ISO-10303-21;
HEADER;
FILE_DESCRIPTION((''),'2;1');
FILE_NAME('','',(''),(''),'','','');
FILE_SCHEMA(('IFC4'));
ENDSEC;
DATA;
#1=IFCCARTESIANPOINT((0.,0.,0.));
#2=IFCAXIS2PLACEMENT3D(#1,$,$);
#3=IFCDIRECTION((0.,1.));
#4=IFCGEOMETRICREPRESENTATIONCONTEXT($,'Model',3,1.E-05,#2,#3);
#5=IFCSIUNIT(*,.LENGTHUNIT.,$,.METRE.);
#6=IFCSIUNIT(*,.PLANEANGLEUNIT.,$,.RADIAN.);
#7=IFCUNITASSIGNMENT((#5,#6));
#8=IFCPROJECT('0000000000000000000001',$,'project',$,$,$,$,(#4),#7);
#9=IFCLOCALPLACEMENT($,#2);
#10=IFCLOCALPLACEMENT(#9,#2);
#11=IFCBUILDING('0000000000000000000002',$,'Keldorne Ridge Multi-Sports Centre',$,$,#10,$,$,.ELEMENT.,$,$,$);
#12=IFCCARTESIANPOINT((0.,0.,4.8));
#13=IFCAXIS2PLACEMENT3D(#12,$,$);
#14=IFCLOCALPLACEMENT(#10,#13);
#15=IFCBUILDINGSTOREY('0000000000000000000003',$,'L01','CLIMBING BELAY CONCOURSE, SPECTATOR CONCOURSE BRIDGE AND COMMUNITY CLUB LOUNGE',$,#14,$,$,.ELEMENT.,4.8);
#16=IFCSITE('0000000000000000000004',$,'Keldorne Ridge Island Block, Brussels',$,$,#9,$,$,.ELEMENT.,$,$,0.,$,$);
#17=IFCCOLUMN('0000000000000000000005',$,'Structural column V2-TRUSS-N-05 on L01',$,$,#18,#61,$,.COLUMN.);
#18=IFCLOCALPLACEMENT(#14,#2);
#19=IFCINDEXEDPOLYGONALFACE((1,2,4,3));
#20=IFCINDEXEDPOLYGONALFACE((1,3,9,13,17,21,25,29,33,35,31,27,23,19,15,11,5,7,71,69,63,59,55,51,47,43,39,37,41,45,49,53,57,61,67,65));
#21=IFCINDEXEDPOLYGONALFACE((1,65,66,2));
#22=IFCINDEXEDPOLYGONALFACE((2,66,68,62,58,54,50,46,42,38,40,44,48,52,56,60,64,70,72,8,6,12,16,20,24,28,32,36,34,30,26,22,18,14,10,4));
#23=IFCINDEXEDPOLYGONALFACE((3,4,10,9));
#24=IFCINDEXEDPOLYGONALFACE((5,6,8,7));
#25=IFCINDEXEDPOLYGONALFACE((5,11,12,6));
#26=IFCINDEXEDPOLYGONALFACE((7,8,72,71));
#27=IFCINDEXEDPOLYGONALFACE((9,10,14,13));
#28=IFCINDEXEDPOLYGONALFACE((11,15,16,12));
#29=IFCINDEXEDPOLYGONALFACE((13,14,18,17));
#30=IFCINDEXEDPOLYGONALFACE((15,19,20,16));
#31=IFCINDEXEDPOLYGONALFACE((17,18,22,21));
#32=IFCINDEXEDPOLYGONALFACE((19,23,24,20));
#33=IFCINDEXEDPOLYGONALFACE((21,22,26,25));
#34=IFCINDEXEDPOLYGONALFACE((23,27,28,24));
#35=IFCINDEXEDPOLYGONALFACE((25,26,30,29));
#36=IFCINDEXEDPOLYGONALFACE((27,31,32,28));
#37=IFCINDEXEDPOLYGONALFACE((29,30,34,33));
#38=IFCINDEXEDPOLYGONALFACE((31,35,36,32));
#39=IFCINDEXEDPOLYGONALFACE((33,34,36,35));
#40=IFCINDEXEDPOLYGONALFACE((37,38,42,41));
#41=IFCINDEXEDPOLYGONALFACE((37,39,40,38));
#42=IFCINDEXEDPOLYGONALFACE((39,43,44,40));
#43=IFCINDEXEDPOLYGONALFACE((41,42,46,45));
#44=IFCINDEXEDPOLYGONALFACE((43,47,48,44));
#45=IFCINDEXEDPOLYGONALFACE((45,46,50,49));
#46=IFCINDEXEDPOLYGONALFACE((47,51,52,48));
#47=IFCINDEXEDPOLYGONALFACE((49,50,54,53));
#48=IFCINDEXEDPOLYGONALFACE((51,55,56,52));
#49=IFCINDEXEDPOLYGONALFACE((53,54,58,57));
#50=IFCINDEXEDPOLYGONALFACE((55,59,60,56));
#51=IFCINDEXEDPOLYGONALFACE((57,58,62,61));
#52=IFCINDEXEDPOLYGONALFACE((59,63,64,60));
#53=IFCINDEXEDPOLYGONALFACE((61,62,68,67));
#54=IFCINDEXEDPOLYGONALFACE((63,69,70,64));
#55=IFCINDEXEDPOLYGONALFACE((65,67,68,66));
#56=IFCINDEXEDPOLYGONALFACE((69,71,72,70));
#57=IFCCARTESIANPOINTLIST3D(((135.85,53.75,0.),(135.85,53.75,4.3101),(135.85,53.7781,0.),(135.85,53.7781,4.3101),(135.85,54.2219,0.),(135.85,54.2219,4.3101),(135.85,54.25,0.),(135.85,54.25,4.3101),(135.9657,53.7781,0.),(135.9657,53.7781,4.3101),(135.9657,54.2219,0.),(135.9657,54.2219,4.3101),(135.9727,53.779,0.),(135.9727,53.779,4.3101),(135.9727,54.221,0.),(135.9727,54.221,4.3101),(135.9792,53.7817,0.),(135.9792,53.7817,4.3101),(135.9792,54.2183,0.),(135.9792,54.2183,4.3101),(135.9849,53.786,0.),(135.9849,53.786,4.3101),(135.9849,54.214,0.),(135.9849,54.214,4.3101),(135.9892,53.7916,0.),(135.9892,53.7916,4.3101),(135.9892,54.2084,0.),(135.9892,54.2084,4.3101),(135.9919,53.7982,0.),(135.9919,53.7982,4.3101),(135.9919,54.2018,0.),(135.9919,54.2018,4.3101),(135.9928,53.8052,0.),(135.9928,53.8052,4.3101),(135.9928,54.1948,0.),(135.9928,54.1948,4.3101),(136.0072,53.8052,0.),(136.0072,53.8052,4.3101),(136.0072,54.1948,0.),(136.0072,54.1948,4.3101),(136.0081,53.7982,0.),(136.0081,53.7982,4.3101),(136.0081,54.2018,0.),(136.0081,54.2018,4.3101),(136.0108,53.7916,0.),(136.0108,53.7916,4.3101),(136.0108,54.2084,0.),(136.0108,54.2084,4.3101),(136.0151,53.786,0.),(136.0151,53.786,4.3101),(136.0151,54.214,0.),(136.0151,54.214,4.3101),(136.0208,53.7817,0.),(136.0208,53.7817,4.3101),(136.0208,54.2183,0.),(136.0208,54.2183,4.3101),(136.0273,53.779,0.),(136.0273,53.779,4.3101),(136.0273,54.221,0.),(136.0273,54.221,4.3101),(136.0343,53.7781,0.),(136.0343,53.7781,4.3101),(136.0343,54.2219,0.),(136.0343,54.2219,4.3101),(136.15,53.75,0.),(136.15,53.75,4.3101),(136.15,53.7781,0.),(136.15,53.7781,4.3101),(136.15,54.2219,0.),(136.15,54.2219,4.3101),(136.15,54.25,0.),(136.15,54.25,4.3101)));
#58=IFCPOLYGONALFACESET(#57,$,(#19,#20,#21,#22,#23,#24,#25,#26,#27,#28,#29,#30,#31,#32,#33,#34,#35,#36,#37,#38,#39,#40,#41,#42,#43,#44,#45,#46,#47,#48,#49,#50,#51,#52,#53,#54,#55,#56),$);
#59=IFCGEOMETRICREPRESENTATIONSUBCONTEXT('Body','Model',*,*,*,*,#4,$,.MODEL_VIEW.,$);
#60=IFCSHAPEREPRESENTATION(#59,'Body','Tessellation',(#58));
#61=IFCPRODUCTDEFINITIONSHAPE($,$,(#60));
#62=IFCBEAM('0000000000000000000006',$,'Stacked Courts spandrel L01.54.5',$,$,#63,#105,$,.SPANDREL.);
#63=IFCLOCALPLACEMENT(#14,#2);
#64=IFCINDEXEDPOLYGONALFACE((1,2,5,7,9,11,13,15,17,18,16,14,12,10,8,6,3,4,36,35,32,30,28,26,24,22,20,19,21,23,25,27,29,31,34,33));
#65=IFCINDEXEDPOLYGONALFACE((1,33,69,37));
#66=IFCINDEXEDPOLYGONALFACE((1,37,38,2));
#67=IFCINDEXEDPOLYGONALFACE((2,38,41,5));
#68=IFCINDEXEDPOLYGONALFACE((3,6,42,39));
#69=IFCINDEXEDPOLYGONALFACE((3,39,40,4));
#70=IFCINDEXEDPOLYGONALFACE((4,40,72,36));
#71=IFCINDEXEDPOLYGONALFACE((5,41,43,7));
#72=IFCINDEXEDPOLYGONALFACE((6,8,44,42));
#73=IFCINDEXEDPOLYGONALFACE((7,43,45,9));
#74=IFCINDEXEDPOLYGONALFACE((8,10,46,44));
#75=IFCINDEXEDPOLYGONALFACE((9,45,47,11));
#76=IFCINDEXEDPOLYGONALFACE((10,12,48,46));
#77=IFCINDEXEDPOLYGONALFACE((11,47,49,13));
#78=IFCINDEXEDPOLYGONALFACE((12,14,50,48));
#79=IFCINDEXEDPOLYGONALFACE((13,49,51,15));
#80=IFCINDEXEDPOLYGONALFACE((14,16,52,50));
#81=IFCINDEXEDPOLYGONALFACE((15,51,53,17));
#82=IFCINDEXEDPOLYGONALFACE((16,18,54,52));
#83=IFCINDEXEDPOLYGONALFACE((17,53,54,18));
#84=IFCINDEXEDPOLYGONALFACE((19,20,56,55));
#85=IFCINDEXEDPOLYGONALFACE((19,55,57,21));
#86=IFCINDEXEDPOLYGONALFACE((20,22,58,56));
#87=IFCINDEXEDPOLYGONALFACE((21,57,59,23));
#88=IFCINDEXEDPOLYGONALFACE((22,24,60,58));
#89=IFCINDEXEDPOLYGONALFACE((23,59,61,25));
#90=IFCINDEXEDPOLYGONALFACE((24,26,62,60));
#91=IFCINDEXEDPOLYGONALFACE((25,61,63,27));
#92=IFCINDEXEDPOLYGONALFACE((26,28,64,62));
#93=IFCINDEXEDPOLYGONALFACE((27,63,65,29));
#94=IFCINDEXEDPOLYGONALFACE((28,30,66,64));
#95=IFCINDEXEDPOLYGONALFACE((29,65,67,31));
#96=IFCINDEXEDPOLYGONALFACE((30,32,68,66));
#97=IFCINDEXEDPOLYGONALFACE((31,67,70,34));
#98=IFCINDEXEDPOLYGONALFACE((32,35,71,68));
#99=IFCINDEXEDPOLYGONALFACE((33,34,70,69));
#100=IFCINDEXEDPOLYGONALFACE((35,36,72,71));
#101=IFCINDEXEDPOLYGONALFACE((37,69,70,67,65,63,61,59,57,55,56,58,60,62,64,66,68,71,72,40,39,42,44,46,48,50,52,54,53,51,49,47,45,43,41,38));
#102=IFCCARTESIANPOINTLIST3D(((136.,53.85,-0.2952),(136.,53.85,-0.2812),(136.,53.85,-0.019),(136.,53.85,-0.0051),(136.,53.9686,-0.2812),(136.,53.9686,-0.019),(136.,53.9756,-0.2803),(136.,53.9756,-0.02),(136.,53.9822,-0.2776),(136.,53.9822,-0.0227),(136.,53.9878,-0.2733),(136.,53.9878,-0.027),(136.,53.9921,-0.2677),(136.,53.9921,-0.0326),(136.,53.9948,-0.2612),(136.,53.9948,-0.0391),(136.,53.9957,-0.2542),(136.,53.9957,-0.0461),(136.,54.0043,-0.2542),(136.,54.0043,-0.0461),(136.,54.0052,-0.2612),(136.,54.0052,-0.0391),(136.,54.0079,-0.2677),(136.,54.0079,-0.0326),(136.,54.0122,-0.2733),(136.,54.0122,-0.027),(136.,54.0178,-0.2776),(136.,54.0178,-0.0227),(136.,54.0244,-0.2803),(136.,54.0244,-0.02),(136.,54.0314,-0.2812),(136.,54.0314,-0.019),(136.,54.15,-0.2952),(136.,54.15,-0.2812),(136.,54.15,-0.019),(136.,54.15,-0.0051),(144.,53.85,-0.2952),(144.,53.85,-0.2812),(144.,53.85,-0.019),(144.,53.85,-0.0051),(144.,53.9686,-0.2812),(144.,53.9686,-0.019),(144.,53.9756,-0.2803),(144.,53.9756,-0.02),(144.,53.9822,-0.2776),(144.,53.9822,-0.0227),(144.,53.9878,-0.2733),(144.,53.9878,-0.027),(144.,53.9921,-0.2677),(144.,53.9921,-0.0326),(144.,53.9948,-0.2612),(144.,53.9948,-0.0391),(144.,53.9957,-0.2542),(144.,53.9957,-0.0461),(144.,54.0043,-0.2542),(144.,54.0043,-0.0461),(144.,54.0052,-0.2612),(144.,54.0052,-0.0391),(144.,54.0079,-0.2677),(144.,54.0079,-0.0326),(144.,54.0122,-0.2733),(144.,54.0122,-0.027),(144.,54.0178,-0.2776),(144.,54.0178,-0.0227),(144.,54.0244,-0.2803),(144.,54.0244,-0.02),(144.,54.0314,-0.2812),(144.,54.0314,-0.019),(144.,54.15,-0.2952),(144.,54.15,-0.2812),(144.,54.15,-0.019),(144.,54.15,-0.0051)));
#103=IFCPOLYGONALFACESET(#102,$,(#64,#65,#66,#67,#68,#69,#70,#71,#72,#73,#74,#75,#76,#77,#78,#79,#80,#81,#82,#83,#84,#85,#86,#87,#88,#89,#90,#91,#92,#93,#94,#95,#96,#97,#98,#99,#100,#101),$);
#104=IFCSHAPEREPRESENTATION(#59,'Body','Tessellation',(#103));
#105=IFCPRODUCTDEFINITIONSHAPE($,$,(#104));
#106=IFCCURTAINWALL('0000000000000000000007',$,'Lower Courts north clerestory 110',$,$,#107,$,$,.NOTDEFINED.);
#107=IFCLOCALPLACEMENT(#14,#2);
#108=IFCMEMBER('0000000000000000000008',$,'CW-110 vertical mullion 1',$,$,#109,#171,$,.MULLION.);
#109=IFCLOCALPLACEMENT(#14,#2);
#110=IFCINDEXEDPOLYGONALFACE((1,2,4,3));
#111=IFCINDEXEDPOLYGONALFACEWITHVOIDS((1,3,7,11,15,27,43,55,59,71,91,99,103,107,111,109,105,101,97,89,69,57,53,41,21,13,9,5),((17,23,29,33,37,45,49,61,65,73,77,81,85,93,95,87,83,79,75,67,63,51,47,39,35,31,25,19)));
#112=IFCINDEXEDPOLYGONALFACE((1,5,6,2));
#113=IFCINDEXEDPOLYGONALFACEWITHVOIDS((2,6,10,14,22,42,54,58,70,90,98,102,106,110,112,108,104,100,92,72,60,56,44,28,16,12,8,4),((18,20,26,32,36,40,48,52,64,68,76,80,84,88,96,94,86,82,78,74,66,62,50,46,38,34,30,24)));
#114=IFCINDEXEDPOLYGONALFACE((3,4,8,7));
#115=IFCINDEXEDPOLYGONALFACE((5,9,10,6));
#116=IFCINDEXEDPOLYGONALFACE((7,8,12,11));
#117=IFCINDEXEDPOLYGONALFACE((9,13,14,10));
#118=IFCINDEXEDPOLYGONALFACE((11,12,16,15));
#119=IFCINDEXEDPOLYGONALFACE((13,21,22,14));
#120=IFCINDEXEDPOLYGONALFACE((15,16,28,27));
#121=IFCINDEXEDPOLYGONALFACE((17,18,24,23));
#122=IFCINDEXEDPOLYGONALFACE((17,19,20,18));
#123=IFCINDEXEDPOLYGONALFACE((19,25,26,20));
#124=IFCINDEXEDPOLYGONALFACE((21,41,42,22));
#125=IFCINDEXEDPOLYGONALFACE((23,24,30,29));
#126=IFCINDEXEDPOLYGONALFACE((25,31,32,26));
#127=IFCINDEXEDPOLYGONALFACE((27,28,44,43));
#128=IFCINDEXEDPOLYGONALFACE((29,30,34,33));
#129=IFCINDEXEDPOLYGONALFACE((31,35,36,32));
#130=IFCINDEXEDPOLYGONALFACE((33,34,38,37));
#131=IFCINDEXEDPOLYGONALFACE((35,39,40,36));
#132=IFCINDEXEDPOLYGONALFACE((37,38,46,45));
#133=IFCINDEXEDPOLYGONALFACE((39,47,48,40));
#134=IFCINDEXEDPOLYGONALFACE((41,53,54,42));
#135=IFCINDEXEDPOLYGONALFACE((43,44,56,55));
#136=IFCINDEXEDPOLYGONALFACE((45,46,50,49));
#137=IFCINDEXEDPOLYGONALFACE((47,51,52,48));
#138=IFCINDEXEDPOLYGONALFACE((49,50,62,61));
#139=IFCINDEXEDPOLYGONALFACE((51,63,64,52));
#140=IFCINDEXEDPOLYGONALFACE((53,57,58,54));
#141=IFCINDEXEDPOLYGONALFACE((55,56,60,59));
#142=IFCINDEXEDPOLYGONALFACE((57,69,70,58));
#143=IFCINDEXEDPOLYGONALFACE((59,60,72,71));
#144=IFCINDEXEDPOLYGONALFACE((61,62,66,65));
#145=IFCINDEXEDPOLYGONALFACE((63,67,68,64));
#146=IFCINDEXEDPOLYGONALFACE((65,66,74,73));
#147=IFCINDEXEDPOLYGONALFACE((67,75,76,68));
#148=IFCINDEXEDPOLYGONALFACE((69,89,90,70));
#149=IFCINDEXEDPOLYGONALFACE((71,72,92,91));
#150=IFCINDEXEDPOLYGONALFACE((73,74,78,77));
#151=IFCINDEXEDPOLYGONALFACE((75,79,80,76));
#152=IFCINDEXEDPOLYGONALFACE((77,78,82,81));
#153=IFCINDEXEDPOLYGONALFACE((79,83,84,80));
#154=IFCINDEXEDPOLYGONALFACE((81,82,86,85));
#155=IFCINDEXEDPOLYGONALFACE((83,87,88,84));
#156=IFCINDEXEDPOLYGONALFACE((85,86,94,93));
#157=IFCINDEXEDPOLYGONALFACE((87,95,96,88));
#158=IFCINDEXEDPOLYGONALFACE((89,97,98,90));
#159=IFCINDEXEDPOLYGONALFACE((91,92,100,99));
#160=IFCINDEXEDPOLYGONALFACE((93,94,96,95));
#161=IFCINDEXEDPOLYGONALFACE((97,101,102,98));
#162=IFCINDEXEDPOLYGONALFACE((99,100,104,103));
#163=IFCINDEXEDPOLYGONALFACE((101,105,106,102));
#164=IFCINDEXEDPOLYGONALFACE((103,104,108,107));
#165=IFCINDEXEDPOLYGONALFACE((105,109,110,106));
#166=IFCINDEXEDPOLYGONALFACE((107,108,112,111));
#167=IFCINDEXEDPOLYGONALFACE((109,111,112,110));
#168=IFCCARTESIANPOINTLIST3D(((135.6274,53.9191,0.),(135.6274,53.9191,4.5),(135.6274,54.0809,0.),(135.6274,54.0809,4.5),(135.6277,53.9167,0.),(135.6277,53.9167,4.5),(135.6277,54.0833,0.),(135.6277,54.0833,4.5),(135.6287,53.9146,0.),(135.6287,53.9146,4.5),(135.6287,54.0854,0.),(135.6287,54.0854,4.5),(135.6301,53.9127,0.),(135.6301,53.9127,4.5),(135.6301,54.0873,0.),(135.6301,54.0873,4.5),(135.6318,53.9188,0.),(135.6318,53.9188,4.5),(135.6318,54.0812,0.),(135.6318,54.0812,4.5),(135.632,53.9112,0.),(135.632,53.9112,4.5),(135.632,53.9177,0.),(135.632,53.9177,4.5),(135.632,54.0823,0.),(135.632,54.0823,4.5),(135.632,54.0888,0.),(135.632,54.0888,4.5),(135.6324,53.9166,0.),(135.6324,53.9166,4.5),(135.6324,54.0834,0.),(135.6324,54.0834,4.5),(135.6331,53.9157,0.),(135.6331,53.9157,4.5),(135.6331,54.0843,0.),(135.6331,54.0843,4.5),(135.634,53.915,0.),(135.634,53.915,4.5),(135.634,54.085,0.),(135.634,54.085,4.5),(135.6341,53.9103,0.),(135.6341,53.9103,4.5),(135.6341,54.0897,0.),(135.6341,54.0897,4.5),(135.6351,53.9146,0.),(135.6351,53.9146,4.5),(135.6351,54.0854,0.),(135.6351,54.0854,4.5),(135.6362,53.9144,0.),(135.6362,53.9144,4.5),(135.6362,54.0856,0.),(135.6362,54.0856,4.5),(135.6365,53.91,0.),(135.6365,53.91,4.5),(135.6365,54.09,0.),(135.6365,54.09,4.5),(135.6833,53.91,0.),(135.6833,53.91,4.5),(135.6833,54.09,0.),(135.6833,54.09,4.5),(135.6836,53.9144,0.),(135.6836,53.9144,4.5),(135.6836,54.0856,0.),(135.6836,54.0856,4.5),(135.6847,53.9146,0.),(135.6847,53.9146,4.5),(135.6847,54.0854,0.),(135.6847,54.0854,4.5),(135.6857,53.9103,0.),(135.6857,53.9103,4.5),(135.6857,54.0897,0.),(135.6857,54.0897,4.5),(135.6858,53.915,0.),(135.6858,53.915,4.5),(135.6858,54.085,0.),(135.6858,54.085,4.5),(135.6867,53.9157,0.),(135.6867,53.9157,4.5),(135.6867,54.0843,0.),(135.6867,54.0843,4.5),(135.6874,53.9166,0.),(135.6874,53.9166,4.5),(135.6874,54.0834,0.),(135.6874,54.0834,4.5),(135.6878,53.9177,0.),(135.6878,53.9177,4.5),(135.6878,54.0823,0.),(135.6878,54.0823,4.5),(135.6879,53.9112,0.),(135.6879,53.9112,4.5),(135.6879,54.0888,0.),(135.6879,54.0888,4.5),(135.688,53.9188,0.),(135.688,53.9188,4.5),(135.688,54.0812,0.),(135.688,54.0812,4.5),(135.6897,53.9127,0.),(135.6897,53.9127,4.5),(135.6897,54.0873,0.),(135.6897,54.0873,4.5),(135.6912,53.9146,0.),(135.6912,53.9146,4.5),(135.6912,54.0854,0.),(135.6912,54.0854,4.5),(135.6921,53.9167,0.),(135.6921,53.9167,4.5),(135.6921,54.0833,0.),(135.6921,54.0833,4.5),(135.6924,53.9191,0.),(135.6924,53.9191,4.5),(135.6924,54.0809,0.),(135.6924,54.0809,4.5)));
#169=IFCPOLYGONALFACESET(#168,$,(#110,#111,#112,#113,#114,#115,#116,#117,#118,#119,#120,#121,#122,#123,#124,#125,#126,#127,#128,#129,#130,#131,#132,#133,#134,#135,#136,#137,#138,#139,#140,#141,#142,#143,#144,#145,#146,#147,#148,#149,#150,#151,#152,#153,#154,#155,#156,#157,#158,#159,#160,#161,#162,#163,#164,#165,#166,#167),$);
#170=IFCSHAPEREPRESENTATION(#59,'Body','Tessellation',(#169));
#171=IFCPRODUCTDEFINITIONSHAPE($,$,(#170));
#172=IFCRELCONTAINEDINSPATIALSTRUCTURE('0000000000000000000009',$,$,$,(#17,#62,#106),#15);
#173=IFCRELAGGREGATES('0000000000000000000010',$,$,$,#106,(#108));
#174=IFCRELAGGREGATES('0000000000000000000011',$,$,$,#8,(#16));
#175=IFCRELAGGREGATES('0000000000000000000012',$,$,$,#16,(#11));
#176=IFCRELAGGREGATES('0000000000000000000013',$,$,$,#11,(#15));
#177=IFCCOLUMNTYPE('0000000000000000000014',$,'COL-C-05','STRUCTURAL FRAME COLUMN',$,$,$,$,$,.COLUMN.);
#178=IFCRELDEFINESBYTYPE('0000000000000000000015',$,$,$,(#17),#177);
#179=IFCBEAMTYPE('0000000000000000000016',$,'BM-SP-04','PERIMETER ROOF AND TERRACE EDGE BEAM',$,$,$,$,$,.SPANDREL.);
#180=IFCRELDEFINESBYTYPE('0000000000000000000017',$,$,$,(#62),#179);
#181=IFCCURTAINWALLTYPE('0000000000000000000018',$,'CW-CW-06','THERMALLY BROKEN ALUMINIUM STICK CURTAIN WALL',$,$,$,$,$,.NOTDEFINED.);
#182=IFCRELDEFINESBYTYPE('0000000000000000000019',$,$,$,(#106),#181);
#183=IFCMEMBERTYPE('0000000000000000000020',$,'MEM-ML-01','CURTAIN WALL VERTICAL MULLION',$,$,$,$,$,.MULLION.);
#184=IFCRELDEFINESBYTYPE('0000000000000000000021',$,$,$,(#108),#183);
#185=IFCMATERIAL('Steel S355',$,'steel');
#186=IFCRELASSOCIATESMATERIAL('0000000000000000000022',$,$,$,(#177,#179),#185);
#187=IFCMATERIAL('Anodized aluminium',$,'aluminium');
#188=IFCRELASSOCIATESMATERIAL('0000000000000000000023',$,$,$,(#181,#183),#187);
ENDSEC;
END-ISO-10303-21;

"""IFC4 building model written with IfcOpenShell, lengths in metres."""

from ifc_helpers import new_model, si_unit, direction, frame, origin, origin_2d, place, context, subcontext, project, spatial, hollow_rectangle, i_section, extrude, material, material_profile, profile_set, type_object, element, aggregate, save


model = new_model("IFC4")

# Units and contexts
model_context = context("Model", 3, precision=1e-05, world=origin(), true_north=direction((0.0, 1.0)))
body_context = subcontext(model_context, "Body", "Model", "MODEL_VIEW")
ifc_project = project(units=[si_unit("LENGTHUNIT", "METRE"), si_unit("PLANEANGLEUNIT", "RADIAN")], contexts=[model_context])

# Site, building, storey
site_placement = place(None, origin())
site = spatial("IfcSite", under=ifc_project, at=site_placement, Name="Keldorne Ridge Island Block, Brussels", CompositionType="ELEMENT", RefElevation=0.0)
building_placement = place(site_placement, origin())
building = spatial("IfcBuilding", under=site, at=building_placement, Name="Keldorne Ridge Multi-Sports Centre", CompositionType="ELEMENT")
storey_placement = place(building_placement, frame((0.0, 0.0, 4.8)))
storey = spatial("IfcBuildingStorey", under=building, at=storey_placement, Name="L01", Description="CLIMBING BELAY CONCOURSE, SPECTATOR CONCOURSE BRIDGE AND COMMUNITY CLUB LOUNGE", CompositionType="ELEMENT", Elevation=4.8)

# Column
ifc_material_1 = material(Name="Steel S355", Category="steel")
ifc_material_profile_1 = material_profile(ifc_material_1, i_section(OverallWidth=0.3, OverallDepth=0.5, WebThickness=0.0144, FlangeThickness=0.0281, FilletRadius=0.0271, at=origin_2d()), Name="HEB 500")
ifc_profile_set_1 = profile_set([ifc_material_profile_1], Name="Steel S355")
column_type = type_object("IfcColumnType", Name="COL-C-05", Description="STRUCTURAL FRAME COLUMN", PredefinedType="COLUMN", material=ifc_profile_set_1)
column_placement = place(storey_placement, frame((136.0, 54.0, 0.0), z_axis=(0.0, 0.0, 1.0), x_axis=(1.0, 0.0, 0.0)))
element("IfcColumn", 1, at=column_placement, inside=storey, type_object=column_type, Name="Structural column V2-TRUSS-N-05 on L01", PredefinedType="COLUMN", context=body_context, shape_type="SweptSolid", body=[
    extrude(i_section(OverallWidth=0.3, OverallDepth=0.5, WebThickness=0.0144, FlangeThickness=0.0281, FilletRadius=0.0271, at=origin_2d()), origin(), (0.0, 0.0, 1.0), 4.3101),
])

# Beam
ifc_material_profile_2 = material_profile(ifc_material_1, i_section(OverallWidth=0.3, OverallDepth=0.29, WebThickness=0.0085, FlangeThickness=0.0139, FilletRadius=0.0271, at=origin_2d()), Name="HEA 300")
ifc_profile_set_2 = profile_set([ifc_material_profile_2], Name="Steel S355")
beam_type = type_object("IfcBeamType", Name="BM-SP-04", Description="PERIMETER ROOF AND TERRACE EDGE BEAM", PredefinedType="SPANDREL", material=ifc_profile_set_2)
beam_placement = place(storey_placement, frame((136.0, 54.0, -0.1501), z_axis=(1.0, 0.0, 0.0), x_axis=(0.0, 1.0, 0.0)))
element("IfcBeam", 2, at=beam_placement, inside=storey, type_object=beam_type, Name="Stacked Courts spandrel L01.54.5", PredefinedType="SPANDREL", context=body_context, shape_type="SweptSolid", body=[
    extrude(i_section(OverallWidth=0.3, OverallDepth=0.29, WebThickness=0.0085, FlangeThickness=0.0139, FilletRadius=0.0271, at=origin_2d()), origin(), (0.0, 0.0, 1.0), 8.0),
])

# Curtain wall, member
ifc_material_2 = material(Name="Anodized aluminium", Category="aluminium")
curtain_wall_type_1 = type_object("IfcCurtainWallType", Name="CW-CW-06", Description="THERMALLY BROKEN ALUMINIUM STICK CURTAIN WALL", PredefinedType="NOTDEFINED", material=ifc_material_2)
curtain_wall_1_placement = place(storey_placement, origin())
curtain_wall_1 = element("IfcCurtainWall", 3, at=curtain_wall_1_placement, inside=storey, type_object=curtain_wall_type_1, Name="Lower Courts north clerestory 110", PredefinedType="NOTDEFINED")
ifc_material_profile_3 = material_profile(ifc_material_2, hollow_rectangle(XDim=0.0649, YDim=0.1799, WallThickness=0.0044, InnerFilletRadius=0.0044, OuterFilletRadius=0.009, at=origin_2d()), Name="ALU MULLION 180x65x4.5")
ifc_profile_set_3 = profile_set([ifc_material_profile_3], Name="Anodized aluminium")
member_type_1 = type_object("IfcMemberType", Name="MEM-ML-01", Description="CURTAIN WALL VERTICAL MULLION", PredefinedType="MULLION", material=ifc_profile_set_3)
member_1_placement = place(storey_placement, frame((135.6599, 54.0, 0.0), z_axis=(0.0, 0.0, 1.0), x_axis=(1.0, 0.0, 0.0)))
member_1 = element("IfcMember", 4, at=member_1_placement, type_object=member_type_1, Name="CW-110 vertical mullion 1", PredefinedType="MULLION", context=body_context, shape_type="SweptSolid", body=[
    extrude(hollow_rectangle(XDim=0.0649, YDim=0.1799, WallThickness=0.0044, InnerFilletRadius=0.0044, OuterFilletRadius=0.009, at=origin_2d()), origin(), (0.0, 0.0, 1.0), 4.5),
])

aggregate(curtain_wall_1, [member_1])

save(model, "model.ifc")
